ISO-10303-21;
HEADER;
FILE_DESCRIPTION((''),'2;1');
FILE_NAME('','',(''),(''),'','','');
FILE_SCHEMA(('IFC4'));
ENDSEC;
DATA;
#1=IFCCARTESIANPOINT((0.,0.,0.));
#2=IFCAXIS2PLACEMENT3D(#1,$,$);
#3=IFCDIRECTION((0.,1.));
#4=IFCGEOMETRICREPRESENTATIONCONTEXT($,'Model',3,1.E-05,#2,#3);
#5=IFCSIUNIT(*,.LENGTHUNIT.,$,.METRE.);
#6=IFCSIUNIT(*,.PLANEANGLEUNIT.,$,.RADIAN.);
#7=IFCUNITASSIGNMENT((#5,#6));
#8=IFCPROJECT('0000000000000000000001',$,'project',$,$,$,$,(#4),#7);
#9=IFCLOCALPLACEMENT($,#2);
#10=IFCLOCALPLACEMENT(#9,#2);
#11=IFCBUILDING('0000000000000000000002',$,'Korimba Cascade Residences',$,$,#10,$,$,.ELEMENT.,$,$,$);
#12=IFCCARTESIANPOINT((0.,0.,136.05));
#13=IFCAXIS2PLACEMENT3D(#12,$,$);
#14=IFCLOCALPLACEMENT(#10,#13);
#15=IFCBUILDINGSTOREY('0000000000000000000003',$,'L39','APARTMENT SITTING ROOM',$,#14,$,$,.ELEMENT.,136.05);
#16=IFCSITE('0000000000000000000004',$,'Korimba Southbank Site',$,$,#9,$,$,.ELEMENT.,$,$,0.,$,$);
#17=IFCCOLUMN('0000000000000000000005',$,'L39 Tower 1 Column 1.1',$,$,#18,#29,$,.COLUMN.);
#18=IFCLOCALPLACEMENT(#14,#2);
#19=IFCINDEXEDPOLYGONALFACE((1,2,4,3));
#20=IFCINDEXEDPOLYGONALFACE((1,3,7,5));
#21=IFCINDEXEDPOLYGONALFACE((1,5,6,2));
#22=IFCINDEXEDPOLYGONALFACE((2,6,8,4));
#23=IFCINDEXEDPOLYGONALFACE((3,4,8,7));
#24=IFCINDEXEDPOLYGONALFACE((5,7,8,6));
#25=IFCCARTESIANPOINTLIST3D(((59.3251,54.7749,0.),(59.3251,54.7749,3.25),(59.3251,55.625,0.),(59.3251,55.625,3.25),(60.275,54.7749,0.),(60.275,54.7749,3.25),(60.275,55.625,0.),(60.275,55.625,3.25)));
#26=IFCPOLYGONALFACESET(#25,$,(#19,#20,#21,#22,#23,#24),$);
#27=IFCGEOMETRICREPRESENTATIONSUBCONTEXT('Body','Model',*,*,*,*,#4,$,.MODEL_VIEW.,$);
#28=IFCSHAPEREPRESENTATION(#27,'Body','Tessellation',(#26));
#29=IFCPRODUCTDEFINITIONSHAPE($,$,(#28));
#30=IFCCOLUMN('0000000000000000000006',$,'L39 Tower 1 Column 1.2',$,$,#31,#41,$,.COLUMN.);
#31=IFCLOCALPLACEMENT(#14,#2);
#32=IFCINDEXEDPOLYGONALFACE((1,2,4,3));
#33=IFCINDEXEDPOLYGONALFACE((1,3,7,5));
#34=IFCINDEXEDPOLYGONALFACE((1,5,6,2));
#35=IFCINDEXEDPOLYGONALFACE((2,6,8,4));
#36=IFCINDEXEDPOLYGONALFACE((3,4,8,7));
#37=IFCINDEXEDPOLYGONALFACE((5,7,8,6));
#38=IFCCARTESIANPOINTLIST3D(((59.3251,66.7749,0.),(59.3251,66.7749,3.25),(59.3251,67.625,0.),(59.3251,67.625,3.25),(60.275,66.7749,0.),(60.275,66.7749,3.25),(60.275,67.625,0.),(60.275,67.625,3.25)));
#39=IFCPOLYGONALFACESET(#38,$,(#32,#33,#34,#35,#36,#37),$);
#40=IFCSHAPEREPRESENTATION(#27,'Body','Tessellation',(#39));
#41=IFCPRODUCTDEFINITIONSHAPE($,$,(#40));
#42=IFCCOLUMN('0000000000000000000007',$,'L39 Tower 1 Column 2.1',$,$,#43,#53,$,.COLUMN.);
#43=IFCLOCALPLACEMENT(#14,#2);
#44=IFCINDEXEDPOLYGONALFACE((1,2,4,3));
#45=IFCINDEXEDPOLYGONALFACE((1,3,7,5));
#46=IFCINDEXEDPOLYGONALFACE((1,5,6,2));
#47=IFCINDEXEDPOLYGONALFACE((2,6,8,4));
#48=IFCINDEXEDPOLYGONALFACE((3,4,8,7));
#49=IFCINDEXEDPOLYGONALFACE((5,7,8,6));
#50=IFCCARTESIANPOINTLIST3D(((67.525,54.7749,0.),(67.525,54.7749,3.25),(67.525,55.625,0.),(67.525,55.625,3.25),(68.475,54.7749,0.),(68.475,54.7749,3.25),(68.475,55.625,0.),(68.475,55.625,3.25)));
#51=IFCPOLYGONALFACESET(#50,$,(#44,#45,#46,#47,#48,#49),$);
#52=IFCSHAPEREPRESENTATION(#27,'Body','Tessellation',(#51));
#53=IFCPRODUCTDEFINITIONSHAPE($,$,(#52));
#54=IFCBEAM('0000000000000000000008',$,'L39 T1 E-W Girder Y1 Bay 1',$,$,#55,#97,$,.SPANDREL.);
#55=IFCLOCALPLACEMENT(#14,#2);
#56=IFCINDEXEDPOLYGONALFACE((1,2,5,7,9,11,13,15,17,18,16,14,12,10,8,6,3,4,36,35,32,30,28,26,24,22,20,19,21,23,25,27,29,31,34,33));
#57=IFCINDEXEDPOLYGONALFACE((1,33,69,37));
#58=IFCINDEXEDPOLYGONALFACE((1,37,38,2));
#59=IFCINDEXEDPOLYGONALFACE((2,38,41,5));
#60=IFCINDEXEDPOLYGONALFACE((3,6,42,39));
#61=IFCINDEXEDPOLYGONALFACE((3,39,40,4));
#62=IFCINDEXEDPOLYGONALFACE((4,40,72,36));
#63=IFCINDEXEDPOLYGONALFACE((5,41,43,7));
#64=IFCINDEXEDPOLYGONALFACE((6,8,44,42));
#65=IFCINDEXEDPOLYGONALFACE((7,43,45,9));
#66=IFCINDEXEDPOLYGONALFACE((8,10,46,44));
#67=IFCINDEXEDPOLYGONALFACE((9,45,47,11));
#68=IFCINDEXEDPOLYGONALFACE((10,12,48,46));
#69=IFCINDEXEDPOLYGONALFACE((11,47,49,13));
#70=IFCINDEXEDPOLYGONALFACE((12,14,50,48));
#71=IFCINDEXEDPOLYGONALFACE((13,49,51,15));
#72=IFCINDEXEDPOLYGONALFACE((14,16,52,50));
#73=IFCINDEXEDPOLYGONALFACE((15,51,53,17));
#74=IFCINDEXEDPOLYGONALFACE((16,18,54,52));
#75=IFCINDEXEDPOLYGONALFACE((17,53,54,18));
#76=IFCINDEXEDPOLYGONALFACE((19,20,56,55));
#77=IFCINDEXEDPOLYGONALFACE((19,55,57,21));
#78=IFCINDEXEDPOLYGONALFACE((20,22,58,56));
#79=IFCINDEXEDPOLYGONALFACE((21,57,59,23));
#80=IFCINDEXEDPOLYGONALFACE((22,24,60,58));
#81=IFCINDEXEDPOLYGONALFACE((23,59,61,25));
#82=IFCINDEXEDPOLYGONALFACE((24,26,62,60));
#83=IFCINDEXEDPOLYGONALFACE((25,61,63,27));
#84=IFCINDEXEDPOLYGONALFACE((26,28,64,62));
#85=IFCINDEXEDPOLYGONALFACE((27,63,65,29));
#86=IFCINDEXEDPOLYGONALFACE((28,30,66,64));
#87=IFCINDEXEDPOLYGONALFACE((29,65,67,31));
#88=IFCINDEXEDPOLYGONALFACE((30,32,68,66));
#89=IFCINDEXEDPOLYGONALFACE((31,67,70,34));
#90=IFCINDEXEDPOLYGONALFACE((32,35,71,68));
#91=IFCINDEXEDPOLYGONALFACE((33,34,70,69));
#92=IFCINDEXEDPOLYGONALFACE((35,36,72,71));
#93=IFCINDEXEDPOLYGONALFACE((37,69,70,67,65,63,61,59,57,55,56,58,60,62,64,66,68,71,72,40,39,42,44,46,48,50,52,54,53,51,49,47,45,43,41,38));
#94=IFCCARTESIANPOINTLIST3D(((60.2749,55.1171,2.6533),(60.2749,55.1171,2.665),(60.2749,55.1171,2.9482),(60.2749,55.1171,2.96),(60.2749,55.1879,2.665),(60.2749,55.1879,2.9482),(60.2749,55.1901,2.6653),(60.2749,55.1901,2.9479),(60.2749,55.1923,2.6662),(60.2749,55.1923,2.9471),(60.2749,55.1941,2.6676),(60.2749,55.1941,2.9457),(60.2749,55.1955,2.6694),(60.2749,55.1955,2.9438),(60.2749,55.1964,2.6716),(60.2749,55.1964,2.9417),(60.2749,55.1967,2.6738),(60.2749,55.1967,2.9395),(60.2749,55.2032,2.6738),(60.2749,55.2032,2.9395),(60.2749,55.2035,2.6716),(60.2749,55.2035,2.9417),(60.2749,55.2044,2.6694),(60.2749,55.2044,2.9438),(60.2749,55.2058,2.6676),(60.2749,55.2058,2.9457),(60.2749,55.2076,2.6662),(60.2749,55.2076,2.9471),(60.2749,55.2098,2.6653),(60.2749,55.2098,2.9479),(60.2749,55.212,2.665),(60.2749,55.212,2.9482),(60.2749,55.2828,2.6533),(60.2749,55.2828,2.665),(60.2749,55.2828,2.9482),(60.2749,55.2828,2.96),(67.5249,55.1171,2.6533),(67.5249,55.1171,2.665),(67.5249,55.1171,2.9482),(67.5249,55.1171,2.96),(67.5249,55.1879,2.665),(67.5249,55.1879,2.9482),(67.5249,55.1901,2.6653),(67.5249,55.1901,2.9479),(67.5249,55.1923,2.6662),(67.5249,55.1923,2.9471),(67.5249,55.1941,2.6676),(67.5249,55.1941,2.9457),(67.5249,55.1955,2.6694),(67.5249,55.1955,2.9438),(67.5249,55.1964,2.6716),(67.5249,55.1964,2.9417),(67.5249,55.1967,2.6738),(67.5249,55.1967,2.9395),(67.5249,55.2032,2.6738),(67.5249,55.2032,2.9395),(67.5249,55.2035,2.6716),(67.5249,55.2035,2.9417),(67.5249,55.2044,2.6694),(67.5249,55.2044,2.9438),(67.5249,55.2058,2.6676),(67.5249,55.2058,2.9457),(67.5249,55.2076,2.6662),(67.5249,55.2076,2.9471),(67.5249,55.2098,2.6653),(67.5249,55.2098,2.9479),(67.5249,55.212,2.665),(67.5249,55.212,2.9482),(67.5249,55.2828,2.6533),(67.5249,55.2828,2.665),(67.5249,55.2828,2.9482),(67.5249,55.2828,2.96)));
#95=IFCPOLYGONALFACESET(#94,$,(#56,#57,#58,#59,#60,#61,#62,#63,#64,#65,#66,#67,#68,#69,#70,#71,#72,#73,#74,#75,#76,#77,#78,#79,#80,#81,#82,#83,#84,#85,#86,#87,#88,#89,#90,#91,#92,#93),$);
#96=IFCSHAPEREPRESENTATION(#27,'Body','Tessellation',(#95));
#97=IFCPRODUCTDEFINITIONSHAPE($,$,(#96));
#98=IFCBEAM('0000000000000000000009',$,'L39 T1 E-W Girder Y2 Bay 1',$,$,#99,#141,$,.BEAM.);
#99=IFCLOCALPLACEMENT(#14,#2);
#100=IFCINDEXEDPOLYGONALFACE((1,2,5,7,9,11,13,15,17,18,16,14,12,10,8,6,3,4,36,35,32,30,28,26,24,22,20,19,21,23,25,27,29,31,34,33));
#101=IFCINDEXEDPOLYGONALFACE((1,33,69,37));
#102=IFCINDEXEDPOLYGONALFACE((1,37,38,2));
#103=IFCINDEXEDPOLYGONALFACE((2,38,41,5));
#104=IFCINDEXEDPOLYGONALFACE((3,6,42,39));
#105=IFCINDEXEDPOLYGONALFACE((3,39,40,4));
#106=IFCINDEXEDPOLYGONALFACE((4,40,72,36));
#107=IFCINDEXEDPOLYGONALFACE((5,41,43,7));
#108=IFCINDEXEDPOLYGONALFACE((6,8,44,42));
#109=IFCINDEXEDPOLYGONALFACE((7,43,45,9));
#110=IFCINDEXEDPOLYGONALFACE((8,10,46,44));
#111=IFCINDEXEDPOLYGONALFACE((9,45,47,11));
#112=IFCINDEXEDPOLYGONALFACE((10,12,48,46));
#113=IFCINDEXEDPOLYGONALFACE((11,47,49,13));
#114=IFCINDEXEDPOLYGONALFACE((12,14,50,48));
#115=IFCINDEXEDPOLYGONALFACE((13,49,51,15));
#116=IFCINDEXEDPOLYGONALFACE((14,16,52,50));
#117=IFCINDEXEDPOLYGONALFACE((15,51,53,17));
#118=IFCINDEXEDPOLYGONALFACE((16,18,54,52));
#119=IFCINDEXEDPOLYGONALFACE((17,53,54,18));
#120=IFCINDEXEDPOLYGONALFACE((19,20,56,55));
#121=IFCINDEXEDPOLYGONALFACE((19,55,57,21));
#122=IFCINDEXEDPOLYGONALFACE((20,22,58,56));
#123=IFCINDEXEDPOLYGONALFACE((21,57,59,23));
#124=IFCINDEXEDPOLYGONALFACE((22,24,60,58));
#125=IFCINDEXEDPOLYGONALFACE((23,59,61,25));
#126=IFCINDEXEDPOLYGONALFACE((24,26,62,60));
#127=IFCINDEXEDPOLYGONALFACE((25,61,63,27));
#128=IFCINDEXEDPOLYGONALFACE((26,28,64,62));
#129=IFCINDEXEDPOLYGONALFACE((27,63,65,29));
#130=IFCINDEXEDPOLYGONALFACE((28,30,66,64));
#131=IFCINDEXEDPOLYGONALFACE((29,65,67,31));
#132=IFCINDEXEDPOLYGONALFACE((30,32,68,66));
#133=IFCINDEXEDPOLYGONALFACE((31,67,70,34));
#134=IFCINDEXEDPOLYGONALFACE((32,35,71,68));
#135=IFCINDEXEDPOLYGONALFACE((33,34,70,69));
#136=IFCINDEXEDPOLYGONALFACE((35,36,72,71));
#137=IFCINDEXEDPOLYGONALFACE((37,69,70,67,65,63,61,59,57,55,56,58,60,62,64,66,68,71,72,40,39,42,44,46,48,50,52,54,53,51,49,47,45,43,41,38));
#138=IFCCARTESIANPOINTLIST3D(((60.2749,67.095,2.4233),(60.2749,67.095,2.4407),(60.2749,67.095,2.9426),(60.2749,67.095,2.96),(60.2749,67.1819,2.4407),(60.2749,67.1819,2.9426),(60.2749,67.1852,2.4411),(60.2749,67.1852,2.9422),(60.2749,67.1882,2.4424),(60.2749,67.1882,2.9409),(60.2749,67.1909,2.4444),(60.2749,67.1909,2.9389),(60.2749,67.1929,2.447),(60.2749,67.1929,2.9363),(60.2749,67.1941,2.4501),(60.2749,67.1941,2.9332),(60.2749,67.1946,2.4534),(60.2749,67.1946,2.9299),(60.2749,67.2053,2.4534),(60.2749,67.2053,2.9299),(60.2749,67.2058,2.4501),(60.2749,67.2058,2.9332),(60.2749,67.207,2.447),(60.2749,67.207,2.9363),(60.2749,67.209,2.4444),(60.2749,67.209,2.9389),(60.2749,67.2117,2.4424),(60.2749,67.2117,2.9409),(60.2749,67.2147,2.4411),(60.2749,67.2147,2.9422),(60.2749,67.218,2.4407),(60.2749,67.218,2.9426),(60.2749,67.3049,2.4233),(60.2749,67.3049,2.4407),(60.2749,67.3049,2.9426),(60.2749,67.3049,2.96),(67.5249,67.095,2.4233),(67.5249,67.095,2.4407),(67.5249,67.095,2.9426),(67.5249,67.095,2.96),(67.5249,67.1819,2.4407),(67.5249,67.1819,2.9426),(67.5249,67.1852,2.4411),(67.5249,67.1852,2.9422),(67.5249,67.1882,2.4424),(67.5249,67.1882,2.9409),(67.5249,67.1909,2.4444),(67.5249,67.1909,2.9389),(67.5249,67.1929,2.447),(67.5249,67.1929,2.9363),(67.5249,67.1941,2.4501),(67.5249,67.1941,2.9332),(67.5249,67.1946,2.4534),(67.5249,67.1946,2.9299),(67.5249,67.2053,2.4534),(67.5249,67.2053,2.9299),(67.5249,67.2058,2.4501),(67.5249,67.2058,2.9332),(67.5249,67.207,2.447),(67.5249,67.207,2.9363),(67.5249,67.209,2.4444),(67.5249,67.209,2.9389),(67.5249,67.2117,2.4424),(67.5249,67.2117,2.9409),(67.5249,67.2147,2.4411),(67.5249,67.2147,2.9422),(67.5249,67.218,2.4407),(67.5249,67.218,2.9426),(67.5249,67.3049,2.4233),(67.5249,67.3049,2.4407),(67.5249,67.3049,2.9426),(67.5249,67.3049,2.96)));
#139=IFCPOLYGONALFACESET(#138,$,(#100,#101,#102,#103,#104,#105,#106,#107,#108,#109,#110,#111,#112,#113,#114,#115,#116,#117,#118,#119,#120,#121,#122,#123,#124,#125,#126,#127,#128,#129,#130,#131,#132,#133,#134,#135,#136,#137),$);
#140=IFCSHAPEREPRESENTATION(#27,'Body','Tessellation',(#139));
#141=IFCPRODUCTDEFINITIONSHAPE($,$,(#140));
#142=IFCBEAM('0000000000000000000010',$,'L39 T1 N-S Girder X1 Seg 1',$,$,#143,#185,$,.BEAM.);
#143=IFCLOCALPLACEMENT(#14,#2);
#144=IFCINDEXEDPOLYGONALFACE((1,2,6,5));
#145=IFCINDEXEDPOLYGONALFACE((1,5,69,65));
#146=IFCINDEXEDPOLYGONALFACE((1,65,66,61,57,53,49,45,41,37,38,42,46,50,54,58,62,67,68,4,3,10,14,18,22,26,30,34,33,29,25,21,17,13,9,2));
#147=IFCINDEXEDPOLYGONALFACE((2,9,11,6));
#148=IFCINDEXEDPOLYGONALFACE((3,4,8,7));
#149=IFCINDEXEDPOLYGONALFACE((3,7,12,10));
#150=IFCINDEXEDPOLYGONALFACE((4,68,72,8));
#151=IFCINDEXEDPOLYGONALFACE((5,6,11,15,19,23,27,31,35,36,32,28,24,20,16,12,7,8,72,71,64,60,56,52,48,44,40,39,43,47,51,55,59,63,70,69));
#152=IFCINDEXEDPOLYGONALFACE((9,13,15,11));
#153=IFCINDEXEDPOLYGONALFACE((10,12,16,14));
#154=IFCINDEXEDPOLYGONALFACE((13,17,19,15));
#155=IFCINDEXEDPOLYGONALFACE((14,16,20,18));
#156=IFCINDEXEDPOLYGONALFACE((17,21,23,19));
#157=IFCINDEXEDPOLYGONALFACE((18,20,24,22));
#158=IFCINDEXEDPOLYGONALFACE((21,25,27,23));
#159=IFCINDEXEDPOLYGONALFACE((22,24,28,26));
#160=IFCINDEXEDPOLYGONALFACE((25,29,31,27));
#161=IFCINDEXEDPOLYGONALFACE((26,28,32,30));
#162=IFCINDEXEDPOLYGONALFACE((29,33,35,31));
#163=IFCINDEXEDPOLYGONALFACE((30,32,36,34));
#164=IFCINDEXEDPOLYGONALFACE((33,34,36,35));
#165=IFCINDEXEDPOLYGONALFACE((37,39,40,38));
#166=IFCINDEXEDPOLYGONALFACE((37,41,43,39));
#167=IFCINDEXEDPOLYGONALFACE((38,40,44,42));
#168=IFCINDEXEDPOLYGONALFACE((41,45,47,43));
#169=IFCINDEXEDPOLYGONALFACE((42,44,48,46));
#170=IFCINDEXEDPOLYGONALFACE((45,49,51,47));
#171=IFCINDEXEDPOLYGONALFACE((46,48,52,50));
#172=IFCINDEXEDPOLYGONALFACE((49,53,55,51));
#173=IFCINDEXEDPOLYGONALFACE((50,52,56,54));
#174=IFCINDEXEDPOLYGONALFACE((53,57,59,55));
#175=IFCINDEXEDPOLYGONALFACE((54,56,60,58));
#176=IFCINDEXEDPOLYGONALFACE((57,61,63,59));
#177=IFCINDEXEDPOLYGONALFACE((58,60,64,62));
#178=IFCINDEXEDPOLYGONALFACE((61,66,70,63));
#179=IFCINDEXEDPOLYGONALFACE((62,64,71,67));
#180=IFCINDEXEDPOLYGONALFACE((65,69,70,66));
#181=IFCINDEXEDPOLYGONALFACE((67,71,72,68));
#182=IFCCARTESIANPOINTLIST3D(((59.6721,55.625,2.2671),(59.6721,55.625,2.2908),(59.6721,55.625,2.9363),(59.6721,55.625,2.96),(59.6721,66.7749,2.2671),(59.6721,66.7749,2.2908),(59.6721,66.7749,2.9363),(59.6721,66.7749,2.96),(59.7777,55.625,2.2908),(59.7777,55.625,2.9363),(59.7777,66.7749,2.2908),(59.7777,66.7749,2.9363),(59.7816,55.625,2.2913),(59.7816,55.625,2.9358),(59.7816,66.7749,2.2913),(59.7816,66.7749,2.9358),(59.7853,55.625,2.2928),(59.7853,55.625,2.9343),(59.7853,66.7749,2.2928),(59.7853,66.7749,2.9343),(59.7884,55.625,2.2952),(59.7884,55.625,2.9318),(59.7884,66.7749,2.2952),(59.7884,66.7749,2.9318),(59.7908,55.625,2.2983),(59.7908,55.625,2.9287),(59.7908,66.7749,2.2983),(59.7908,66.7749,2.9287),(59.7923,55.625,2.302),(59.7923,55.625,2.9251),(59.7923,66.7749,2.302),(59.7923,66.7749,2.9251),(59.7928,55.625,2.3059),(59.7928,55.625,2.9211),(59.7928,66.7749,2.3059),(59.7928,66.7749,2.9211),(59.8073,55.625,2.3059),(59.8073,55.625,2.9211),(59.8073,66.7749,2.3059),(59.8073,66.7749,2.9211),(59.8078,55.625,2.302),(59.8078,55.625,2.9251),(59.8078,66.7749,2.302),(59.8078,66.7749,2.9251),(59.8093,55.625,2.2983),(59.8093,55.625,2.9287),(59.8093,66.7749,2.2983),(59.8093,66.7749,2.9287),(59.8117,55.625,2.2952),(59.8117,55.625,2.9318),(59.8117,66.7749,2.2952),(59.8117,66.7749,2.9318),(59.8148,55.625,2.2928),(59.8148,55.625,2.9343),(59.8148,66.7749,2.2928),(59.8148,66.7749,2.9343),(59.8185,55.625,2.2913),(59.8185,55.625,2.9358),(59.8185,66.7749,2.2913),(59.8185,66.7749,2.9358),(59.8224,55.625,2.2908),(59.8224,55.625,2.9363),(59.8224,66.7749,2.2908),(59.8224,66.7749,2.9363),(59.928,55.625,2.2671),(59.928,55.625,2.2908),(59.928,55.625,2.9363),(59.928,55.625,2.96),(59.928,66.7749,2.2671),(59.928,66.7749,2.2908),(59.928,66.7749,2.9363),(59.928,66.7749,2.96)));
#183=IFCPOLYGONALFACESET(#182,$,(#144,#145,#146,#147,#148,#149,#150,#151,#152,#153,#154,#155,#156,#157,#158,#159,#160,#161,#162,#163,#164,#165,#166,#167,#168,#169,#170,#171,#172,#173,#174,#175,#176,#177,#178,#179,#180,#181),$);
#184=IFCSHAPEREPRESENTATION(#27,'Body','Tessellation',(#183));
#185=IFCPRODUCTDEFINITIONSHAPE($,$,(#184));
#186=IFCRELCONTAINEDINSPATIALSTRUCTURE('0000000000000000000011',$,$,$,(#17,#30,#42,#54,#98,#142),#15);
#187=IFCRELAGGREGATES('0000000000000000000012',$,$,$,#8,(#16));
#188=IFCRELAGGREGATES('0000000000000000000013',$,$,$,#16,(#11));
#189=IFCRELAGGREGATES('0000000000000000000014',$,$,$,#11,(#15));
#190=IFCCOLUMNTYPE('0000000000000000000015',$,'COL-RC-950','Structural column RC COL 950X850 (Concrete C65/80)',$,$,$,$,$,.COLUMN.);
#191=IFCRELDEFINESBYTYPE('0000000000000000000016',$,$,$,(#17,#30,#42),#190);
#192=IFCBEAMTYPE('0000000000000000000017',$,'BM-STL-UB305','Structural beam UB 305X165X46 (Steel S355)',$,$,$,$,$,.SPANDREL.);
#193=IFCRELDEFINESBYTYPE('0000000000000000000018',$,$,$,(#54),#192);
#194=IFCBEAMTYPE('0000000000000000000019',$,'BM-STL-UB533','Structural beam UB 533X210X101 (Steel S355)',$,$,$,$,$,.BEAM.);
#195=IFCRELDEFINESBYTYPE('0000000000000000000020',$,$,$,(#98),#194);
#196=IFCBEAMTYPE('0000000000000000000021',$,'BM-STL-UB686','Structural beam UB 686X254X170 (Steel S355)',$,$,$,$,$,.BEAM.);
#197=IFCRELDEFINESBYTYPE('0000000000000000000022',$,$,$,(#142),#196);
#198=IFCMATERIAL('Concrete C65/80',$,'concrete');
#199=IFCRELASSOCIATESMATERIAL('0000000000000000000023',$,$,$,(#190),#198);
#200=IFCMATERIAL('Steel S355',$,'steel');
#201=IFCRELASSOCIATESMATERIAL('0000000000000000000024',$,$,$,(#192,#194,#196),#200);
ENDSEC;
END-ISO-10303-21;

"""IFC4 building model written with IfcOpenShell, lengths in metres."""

from ifc_helpers import new_model, si_unit, direction, frame, origin, origin_2d, place, context, subcontext, project, spatial, rectangle, i_section, extrude, material, material_profile, profile_set, type_object, element, save


model = new_model("IFC4")

# Units and contexts
model_context = context("Model", 3, precision=1e-05, world=origin(), true_north=direction((0.0, 1.0)))
body_context = subcontext(model_context, "Body", "Model", "MODEL_VIEW")
ifc_project = project(units=[si_unit("LENGTHUNIT", "METRE"), si_unit("PLANEANGLEUNIT", "RADIAN")], contexts=[model_context])

# Site, building, storey
site_placement = place(None, origin())
site = spatial("IfcSite", under=ifc_project, at=site_placement, Name="Korimba Southbank Site", CompositionType="ELEMENT", RefElevation=0.0)
building_placement = place(site_placement, origin())
building = spatial("IfcBuilding", under=site, at=building_placement, Name="Korimba Cascade Residences", CompositionType="ELEMENT")
storey_placement = place(building_placement, frame((0.0, 0.0, 136.05)))
storey = spatial("IfcBuildingStorey", under=building, at=storey_placement, Name="L39", Description="APARTMENT SITTING ROOM", CompositionType="ELEMENT", Elevation=136.05)

# Columns
ifc_material_1 = material(Name="Concrete C65/80", Category="concrete")
ifc_material_profile_1 = material_profile(ifc_material_1, rectangle(XDim=0.95, YDim=0.8501, at=origin_2d()), Name="Concrete C65/80")
ifc_profile_set_1 = profile_set([ifc_material_profile_1], Name="Concrete C65/80")
column_type = type_object("IfcColumnType", Name="COL-RC-950", Description="Structural column RC COL 950X850 (Concrete C65/80)", PredefinedType="COLUMN", material=ifc_profile_set_1)
for number, where, z_axis, x_axis, name in (
    (1, (59.8, 55.2, 0.0), (0.0, 0.0, 1.0), (1.0, 0.0, 0.0), "L39 Tower 1 Column 1.1"),
    (2, (59.8, 67.2, 0.0), (0.0, 0.0, 1.0), (1.0, 0.0, 0.0), "L39 Tower 1 Column 1.2"),
    (3, (68.0, 55.2, 0.0), (0.0, 0.0, 1.0), (1.0, 0.0, 0.0), "L39 Tower 1 Column 2.1"),
):
    element("IfcColumn", number, at=place(storey_placement, frame(where, z_axis=z_axis, x_axis=x_axis)), inside=storey, type_object=column_type, Name=name, PredefinedType="COLUMN", context=body_context, shape_type="SweptSolid", body=[
        extrude(rectangle(XDim=0.95, YDim=0.8501, at=origin_2d()), origin(), (0.0, 0.0, 1.0), 3.25),
    ])

# Beams
ifc_material_2 = material(Name="Steel S355", Category="steel")
ifc_material_profile_2 = material_profile(ifc_material_2, i_section(OverallWidth=0.1658, OverallDepth=0.3066, WebThickness=0.0066, FlangeThickness=0.0117, FilletRadius=0.0088, at=origin_2d()), Name="Steel S355")
ifc_profile_set_2 = profile_set([ifc_material_profile_2], Name="Steel S355")
beam_type_1 = type_object("IfcBeamType", Name="BM-STL-UB305", Description="Structural beam UB 305X165X46 (Steel S355)", PredefinedType="SPANDREL", material=ifc_profile_set_2)
beam_1_placement = place(storey_placement, frame((60.2749, 55.2, 2.8066), z_axis=(1.0, 0.0, 0.0), x_axis=(0.0, 1.0, 0.0)))
element("IfcBeam", 4, at=beam_1_placement, inside=storey, type_object=beam_type_1, Name="L39 T1 E-W Girder Y1 Bay 1", PredefinedType="SPANDREL", context=body_context, shape_type="SweptSolid", body=[
    extrude(i_section(OverallWidth=0.1658, OverallDepth=0.3066, WebThickness=0.0066, FlangeThickness=0.0117, FilletRadius=0.0088, at=origin_2d()), origin(), (0.0, 0.0, 1.0), 7.25),
])
ifc_material_profile_3 = material_profile(ifc_material_2, i_section(OverallWidth=0.21, OverallDepth=0.5366, WebThickness=0.0107, FlangeThickness=0.0173, FilletRadius=0.0127, at=origin_2d()), Name="Steel S355")
ifc_profile_set_3 = profile_set([ifc_material_profile_3], Name="Steel S355")
beam_type_2 = type_object("IfcBeamType", Name="BM-STL-UB533", Description="Structural beam UB 533X210X101 (Steel S355)", PredefinedType="BEAM", material=ifc_profile_set_3)
beam_2_placement = place(storey_placement, frame((60.2749, 67.2, 2.6917), z_axis=(1.0, 0.0, 0.0), x_axis=(0.0, 1.0, 0.0)))
element("IfcBeam", 5, at=beam_2_placement, inside=storey, type_object=beam_type_2, Name="L39 T1 E-W Girder Y2 Bay 1", PredefinedType="BEAM", context=body_context, shape_type="SweptSolid", body=[
    extrude(i_section(OverallWidth=0.21, OverallDepth=0.5366, WebThickness=0.0107, FlangeThickness=0.0173, FilletRadius=0.0127, at=origin_2d()), origin(), (0.0, 0.0, 1.0), 7.25),
])
ifc_material_profile_4 = material_profile(ifc_material_2, i_section(OverallWidth=0.2559, OverallDepth=0.6929, WebThickness=0.0144, FlangeThickness=0.0237, FilletRadius=0.0151, at=origin_2d()), Name="Steel S355")
ifc_profile_set_4 = profile_set([ifc_material_profile_4], Name="Steel S355")
beam_type_3 = type_object("IfcBeamType", Name="BM-STL-UB686", Description="Structural beam UB 686X254X170 (Steel S355)", PredefinedType="BEAM", material=ifc_profile_set_4)
beam_3_placement = place(storey_placement, frame((59.8, 55.625, 2.6135), z_axis=(0.0, 1.0, 0.0), x_axis=(-1.0, 0.0, 0.0)))
element("IfcBeam", 6, at=beam_3_placement, inside=storey, type_object=beam_type_3, Name="L39 T1 N-S Girder X1 Seg 1", PredefinedType="BEAM", context=body_context, shape_type="SweptSolid", body=[
    extrude(i_section(OverallWidth=0.2559, OverallDepth=0.6929, WebThickness=0.0144, FlangeThickness=0.0237, FilletRadius=0.0151, at=origin_2d()), origin(), (0.0, 0.0, 1.0), 11.1499),
])

save(model, "model.ifc")
